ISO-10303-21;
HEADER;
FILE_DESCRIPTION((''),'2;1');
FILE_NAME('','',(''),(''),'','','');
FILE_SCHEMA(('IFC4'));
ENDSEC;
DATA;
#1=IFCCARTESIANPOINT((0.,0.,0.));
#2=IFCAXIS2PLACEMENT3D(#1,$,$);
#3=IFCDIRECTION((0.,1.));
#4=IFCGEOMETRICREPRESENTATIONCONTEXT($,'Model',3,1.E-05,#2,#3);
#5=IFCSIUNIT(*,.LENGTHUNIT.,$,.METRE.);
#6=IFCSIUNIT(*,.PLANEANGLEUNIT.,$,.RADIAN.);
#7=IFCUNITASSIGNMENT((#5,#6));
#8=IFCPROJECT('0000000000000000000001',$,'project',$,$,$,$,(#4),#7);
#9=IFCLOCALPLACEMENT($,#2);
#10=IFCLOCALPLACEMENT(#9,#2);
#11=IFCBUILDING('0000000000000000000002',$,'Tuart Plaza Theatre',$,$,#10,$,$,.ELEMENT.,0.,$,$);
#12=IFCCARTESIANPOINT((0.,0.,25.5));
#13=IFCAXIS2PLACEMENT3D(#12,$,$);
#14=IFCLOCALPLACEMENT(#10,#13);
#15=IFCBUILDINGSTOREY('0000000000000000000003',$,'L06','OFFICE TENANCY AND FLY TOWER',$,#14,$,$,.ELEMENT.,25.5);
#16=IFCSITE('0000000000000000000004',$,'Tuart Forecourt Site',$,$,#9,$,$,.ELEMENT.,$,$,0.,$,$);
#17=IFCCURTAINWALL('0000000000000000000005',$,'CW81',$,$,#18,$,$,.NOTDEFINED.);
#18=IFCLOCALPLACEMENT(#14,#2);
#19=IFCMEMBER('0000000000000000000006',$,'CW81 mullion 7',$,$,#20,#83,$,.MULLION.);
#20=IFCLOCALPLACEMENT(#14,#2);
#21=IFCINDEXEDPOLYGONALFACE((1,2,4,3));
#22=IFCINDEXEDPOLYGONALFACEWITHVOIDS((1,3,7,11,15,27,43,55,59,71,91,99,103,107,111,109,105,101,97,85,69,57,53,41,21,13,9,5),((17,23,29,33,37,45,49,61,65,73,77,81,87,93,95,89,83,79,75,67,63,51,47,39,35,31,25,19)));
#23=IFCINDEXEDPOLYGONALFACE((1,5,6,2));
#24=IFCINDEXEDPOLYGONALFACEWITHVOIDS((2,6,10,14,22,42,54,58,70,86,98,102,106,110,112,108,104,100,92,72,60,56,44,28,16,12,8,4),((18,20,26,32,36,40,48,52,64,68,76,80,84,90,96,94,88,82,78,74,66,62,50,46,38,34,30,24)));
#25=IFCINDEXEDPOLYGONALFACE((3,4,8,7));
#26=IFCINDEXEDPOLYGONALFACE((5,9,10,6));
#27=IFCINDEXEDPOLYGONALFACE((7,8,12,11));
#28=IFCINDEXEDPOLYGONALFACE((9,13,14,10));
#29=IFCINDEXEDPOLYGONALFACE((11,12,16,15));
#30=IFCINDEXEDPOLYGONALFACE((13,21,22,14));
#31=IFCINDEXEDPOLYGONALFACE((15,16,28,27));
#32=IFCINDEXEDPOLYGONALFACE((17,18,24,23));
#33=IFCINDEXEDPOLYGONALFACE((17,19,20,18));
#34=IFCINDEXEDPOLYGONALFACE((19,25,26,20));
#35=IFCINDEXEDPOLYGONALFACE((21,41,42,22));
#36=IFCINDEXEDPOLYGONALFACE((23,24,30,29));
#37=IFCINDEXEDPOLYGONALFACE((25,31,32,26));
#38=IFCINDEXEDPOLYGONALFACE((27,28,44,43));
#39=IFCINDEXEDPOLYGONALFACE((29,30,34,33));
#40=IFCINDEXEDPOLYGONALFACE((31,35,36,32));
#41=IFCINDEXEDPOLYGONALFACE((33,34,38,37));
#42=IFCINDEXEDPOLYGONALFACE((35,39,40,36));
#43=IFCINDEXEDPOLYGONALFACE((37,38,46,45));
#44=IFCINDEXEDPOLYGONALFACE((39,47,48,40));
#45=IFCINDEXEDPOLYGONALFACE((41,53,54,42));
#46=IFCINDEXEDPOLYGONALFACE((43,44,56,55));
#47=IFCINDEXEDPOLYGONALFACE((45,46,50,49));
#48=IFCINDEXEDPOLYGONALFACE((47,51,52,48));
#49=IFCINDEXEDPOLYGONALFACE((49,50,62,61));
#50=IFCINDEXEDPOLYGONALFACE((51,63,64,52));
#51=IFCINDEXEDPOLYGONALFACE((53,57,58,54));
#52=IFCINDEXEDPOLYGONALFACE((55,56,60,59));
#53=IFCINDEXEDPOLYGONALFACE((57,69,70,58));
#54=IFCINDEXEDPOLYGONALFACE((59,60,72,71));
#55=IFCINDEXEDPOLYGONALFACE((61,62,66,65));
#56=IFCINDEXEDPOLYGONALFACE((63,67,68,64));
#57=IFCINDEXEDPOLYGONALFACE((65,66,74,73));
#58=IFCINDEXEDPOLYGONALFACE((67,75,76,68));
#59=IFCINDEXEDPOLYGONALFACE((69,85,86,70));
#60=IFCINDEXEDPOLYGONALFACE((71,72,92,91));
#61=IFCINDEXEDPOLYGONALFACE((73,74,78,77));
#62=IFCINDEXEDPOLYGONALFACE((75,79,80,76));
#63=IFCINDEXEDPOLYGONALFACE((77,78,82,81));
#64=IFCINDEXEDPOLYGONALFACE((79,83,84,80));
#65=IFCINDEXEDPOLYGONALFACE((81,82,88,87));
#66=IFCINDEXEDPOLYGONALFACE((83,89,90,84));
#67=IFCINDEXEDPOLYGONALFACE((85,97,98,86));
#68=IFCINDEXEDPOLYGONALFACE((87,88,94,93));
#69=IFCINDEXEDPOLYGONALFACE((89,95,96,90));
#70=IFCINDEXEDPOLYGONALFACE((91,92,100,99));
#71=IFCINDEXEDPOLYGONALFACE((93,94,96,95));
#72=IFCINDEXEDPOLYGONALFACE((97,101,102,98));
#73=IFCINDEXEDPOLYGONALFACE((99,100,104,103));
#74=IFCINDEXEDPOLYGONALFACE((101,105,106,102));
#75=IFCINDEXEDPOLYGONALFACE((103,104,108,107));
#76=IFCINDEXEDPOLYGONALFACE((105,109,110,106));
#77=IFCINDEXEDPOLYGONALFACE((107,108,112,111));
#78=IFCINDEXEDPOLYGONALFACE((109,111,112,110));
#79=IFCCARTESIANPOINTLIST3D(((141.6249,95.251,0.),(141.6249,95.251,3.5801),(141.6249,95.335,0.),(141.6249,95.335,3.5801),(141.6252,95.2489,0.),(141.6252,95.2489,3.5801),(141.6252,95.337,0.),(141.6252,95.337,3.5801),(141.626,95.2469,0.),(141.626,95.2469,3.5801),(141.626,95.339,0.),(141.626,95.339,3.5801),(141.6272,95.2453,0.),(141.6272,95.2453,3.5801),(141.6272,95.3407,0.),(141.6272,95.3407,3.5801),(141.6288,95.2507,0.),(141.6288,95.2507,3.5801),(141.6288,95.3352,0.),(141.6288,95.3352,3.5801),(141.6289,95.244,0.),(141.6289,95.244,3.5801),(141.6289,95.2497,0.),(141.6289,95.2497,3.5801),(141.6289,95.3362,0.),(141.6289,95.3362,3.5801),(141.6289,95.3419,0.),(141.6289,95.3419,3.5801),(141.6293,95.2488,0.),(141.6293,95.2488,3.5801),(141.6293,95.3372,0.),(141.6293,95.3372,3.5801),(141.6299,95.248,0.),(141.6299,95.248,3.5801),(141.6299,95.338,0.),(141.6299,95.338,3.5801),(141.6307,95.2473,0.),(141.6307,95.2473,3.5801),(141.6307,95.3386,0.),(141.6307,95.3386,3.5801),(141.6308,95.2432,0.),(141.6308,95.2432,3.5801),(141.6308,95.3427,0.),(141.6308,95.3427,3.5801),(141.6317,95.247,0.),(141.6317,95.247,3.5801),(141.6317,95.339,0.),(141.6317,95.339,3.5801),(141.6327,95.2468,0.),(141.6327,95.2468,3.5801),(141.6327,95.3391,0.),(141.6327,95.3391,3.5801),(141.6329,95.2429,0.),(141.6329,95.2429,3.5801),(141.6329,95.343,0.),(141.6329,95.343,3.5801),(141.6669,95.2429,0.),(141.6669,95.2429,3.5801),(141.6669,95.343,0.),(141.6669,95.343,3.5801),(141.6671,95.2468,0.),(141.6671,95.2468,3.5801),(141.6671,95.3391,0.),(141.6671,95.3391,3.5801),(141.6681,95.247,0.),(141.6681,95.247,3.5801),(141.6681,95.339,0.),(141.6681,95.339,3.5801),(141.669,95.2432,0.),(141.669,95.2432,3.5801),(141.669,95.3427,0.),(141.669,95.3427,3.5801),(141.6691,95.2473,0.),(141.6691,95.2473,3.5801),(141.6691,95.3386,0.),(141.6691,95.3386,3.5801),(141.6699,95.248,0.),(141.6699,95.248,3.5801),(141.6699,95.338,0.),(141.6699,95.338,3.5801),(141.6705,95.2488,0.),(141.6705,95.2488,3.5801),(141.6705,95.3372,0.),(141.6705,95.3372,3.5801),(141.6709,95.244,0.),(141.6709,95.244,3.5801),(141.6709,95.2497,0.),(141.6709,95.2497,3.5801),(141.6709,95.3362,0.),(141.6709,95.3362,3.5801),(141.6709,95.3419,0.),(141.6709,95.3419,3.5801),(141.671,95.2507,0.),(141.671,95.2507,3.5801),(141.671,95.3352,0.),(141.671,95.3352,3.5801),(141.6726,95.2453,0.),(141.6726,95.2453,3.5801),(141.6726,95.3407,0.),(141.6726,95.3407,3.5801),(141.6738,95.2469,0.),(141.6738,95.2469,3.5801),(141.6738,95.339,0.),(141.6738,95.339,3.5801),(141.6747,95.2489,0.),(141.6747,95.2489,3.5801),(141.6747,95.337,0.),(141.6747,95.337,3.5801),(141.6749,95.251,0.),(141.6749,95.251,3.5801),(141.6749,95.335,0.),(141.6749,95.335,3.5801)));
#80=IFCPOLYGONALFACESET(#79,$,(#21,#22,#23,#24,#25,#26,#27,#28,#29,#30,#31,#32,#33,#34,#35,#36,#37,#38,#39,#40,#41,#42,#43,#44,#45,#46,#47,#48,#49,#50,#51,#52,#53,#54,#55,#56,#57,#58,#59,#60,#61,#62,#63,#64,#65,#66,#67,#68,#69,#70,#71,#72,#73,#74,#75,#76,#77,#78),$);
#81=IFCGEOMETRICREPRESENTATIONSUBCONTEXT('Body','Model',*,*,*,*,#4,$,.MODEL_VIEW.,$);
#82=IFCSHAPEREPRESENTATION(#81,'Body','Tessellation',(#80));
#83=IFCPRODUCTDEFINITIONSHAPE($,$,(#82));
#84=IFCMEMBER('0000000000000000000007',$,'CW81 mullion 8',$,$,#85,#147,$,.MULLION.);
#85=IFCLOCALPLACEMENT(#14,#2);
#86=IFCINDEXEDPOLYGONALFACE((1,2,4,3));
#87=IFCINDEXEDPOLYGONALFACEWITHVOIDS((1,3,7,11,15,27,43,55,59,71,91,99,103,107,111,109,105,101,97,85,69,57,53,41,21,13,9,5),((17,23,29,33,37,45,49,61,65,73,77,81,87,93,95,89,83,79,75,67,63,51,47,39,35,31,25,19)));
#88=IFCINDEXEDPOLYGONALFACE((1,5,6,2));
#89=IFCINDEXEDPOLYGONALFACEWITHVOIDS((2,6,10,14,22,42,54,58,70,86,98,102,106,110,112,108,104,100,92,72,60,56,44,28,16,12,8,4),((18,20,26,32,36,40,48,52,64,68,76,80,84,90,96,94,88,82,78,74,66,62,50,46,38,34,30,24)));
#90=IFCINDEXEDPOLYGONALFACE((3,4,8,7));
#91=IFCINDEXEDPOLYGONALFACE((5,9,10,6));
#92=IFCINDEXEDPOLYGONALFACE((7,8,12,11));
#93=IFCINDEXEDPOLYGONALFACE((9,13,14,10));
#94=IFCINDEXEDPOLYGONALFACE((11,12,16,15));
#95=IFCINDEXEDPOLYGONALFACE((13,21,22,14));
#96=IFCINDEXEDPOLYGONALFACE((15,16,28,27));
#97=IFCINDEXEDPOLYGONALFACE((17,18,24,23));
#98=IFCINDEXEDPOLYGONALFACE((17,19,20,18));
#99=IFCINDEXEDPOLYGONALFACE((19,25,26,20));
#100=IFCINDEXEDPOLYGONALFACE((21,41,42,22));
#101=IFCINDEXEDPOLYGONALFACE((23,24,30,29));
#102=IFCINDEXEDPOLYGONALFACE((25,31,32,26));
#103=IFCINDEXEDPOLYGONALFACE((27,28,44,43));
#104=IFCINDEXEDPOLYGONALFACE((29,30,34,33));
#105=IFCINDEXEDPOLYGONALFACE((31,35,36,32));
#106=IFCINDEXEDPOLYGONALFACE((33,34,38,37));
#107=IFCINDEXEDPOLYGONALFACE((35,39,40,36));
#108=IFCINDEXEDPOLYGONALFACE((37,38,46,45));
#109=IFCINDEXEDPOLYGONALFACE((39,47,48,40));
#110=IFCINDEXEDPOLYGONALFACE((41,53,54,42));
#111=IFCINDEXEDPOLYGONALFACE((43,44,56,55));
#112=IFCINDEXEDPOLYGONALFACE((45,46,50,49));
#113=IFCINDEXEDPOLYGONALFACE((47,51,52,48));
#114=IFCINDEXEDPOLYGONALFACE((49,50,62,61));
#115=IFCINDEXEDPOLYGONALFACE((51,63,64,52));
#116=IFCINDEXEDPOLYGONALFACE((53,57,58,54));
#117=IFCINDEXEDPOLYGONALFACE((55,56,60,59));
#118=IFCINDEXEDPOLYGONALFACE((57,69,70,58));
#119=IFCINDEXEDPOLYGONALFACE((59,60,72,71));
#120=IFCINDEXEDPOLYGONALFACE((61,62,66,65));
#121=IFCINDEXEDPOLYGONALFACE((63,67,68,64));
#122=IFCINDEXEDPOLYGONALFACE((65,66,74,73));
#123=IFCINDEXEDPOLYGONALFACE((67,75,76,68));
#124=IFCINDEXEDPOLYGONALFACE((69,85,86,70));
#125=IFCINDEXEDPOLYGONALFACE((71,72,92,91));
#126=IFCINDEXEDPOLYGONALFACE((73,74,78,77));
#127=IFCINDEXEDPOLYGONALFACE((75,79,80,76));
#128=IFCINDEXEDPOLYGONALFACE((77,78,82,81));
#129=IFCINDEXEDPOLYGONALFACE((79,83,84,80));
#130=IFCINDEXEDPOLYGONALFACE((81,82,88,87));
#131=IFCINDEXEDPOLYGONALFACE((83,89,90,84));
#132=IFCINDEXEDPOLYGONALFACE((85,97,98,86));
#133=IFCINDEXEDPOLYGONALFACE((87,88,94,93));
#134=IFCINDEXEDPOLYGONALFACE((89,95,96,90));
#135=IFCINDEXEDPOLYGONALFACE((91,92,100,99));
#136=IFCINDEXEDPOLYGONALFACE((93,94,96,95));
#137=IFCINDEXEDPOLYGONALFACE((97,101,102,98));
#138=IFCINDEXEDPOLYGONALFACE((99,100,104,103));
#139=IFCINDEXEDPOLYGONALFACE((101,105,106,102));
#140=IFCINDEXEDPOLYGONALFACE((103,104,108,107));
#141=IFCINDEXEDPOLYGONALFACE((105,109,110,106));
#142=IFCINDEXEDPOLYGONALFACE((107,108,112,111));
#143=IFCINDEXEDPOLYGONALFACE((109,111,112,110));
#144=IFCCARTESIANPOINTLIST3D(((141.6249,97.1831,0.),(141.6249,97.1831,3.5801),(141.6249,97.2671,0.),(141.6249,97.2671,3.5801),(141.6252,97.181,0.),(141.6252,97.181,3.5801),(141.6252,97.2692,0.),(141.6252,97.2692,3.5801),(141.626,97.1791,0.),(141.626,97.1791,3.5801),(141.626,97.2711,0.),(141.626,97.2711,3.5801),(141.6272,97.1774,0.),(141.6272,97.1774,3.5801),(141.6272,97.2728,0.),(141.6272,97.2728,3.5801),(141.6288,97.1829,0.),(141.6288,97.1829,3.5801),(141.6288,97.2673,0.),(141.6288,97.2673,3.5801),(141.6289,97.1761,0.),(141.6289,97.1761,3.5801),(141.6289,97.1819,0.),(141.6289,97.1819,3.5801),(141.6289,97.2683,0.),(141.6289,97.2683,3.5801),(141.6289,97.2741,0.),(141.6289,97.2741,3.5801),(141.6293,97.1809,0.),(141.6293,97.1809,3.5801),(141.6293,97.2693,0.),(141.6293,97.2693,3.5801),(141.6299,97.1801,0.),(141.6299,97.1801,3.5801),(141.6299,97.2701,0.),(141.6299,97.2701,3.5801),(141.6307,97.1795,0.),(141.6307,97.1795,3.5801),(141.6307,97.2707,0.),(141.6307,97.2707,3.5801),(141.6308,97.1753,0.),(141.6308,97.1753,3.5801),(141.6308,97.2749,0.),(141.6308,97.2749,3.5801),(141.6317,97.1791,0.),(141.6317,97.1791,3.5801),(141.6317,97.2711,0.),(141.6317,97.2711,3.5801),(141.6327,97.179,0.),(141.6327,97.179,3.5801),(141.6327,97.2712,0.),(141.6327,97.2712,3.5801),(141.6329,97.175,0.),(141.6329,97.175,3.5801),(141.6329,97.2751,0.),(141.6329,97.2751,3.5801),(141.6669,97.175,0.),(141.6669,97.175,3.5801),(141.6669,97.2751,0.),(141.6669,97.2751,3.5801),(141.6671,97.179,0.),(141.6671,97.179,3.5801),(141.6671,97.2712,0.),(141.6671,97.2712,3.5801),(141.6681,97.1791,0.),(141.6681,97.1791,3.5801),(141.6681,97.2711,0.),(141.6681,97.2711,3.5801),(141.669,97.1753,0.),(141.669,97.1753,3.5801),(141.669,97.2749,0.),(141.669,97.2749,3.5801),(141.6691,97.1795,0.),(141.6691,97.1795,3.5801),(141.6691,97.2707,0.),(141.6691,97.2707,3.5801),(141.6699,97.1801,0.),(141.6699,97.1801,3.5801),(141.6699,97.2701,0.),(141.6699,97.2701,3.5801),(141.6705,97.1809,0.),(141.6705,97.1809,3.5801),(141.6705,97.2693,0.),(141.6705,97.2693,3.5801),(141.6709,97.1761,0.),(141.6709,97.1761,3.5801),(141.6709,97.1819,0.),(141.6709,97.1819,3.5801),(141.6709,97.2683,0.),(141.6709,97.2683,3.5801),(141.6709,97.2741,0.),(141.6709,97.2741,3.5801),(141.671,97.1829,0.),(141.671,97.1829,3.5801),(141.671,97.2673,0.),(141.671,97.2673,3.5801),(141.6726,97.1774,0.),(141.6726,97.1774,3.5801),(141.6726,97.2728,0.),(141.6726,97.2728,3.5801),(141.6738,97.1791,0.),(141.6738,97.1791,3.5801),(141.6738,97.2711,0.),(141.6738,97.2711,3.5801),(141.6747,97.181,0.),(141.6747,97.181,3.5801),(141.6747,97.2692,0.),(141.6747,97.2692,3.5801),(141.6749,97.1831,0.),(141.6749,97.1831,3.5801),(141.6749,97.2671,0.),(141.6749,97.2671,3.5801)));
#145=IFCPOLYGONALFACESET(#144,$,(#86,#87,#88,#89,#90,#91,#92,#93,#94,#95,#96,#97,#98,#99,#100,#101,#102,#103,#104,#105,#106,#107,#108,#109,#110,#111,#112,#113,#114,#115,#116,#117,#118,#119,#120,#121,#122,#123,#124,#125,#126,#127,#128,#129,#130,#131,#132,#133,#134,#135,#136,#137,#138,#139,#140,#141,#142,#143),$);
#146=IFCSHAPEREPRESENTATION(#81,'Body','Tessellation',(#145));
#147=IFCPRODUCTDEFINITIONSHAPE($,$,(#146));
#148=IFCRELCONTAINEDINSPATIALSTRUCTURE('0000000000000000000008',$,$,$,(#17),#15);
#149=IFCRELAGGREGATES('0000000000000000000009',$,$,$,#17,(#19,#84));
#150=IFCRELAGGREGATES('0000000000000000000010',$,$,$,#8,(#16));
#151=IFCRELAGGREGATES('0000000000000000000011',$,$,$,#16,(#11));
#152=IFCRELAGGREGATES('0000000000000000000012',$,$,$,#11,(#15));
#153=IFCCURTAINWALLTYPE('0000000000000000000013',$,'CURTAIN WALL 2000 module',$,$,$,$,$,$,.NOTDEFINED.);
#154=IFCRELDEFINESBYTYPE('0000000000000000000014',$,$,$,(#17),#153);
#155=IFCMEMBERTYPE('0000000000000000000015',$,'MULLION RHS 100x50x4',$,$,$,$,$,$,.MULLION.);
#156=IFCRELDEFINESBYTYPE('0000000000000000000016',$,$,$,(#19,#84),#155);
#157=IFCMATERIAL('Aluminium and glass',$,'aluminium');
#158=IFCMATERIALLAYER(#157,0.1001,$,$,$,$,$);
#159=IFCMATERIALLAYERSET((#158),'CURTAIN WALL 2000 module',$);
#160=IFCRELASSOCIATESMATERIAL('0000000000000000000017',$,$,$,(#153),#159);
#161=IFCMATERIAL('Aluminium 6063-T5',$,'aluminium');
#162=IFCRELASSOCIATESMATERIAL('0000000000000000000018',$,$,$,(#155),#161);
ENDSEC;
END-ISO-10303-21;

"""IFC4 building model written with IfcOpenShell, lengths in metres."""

from ifc_helpers import new_model, si_unit, direction, frame, origin, origin_2d, place, context, subcontext, project, spatial, hollow_rectangle, extrude, material, layer, layer_set, material_profile, profile_set, type_object, element, aggregate, save


model = new_model("IFC4")

# Units and contexts
model_context = context("Model", 3, precision=1e-05, world=origin(), true_north=direction((0.0, 1.0)))
body_context = subcontext(model_context, "Body", "Model", "MODEL_VIEW")
ifc_project = project(units=[si_unit("LENGTHUNIT", "METRE"), si_unit("PLANEANGLEUNIT", "RADIAN")], contexts=[model_context])

# Site, building, storey
site_placement = place(None, origin())
site = spatial("IfcSite", under=ifc_project, at=site_placement, Name="Tuart Forecourt Site", CompositionType="ELEMENT", RefElevation=0.0)
building_placement = place(site_placement, origin())
building = spatial("IfcBuilding", under=site, at=building_placement, Name="Tuart Plaza Theatre", CompositionType="ELEMENT", ElevationOfRefHeight=0.0)
storey_placement = place(building_placement, frame((0.0, 0.0, 25.5)))
storey = spatial("IfcBuildingStorey", under=building, at=storey_placement, Name="L06", Description="OFFICE TENANCY AND FLY TOWER", CompositionType="ELEMENT", Elevation=25.5)

# Curtain wall, members
ifc_material_1 = material(Name="Aluminium and glass", Category="aluminium")
ifc_layer_1 = layer(ifc_material_1, 0.1001)
ifc_layer_set_1 = layer_set([ifc_layer_1], Name="CURTAIN WALL 2000 module")
curtain_wall_type = type_object("IfcCurtainWallType", Name="CURTAIN WALL 2000 module", PredefinedType="NOTDEFINED", material=ifc_layer_set_1)
curtain_wall_1_placement = place(storey_placement, origin())
curtain_wall_1 = element("IfcCurtainWall", 1, at=curtain_wall_1_placement, inside=storey, type_object=curtain_wall_type, Name="CW81", PredefinedType="NOTDEFINED")
ifc_material_2 = material(Name="Aluminium 6063-T5", Category="aluminium")
ifc_material_profile_1 = material_profile(ifc_material_2, hollow_rectangle(XDim=0.05, YDim=0.1001, WallThickness=0.0039, InnerFilletRadius=0.0039, OuterFilletRadius=0.0081, at=origin_2d()), Name="RHS 100x50x4")
ifc_profile_set_1 = profile_set([ifc_material_profile_1], Name="Aluminium 6063-T5")
member_type_1 = type_object("IfcMemberType", Name="MULLION RHS 100x50x4", PredefinedType="MULLION", material=ifc_profile_set_1)
member_1_placement = place(storey_placement, frame((141.6499, 95.293, 0.0), z_axis=(0.0, 0.0, 1.0), x_axis=(-1.0, 0.0, 0.0)))
member_1 = element("IfcMember", 2, at=member_1_placement, type_object=member_type_1, Name="CW81 mullion 7", PredefinedType="MULLION", context=body_context, shape_type="SweptSolid", body=[
    extrude(hollow_rectangle(XDim=0.05, YDim=0.1001, WallThickness=0.0039, InnerFilletRadius=0.0039, OuterFilletRadius=0.0081, at=origin_2d()), origin(), (0.0, 0.0, 1.0), 3.5801),
])
member_2_placement = place(storey_placement, frame((141.6499, 97.2251, 0.0), z_axis=(0.0, 0.0, 1.0), x_axis=(-1.0, 0.0, 0.0)))
member_2 = element("IfcMember", 3, at=member_2_placement, type_object=member_type_1, Name="CW81 mullion 8", PredefinedType="MULLION", context=body_context, shape_type="SweptSolid", body=[
    extrude(hollow_rectangle(XDim=0.05, YDim=0.1001, WallThickness=0.0039, InnerFilletRadius=0.0039, OuterFilletRadius=0.0081, at=origin_2d()), origin(), (0.0, 0.0, 1.0), 3.5801),
])

aggregate(curtain_wall_1, [member_1, member_2])

save(model, "model.ifc")
